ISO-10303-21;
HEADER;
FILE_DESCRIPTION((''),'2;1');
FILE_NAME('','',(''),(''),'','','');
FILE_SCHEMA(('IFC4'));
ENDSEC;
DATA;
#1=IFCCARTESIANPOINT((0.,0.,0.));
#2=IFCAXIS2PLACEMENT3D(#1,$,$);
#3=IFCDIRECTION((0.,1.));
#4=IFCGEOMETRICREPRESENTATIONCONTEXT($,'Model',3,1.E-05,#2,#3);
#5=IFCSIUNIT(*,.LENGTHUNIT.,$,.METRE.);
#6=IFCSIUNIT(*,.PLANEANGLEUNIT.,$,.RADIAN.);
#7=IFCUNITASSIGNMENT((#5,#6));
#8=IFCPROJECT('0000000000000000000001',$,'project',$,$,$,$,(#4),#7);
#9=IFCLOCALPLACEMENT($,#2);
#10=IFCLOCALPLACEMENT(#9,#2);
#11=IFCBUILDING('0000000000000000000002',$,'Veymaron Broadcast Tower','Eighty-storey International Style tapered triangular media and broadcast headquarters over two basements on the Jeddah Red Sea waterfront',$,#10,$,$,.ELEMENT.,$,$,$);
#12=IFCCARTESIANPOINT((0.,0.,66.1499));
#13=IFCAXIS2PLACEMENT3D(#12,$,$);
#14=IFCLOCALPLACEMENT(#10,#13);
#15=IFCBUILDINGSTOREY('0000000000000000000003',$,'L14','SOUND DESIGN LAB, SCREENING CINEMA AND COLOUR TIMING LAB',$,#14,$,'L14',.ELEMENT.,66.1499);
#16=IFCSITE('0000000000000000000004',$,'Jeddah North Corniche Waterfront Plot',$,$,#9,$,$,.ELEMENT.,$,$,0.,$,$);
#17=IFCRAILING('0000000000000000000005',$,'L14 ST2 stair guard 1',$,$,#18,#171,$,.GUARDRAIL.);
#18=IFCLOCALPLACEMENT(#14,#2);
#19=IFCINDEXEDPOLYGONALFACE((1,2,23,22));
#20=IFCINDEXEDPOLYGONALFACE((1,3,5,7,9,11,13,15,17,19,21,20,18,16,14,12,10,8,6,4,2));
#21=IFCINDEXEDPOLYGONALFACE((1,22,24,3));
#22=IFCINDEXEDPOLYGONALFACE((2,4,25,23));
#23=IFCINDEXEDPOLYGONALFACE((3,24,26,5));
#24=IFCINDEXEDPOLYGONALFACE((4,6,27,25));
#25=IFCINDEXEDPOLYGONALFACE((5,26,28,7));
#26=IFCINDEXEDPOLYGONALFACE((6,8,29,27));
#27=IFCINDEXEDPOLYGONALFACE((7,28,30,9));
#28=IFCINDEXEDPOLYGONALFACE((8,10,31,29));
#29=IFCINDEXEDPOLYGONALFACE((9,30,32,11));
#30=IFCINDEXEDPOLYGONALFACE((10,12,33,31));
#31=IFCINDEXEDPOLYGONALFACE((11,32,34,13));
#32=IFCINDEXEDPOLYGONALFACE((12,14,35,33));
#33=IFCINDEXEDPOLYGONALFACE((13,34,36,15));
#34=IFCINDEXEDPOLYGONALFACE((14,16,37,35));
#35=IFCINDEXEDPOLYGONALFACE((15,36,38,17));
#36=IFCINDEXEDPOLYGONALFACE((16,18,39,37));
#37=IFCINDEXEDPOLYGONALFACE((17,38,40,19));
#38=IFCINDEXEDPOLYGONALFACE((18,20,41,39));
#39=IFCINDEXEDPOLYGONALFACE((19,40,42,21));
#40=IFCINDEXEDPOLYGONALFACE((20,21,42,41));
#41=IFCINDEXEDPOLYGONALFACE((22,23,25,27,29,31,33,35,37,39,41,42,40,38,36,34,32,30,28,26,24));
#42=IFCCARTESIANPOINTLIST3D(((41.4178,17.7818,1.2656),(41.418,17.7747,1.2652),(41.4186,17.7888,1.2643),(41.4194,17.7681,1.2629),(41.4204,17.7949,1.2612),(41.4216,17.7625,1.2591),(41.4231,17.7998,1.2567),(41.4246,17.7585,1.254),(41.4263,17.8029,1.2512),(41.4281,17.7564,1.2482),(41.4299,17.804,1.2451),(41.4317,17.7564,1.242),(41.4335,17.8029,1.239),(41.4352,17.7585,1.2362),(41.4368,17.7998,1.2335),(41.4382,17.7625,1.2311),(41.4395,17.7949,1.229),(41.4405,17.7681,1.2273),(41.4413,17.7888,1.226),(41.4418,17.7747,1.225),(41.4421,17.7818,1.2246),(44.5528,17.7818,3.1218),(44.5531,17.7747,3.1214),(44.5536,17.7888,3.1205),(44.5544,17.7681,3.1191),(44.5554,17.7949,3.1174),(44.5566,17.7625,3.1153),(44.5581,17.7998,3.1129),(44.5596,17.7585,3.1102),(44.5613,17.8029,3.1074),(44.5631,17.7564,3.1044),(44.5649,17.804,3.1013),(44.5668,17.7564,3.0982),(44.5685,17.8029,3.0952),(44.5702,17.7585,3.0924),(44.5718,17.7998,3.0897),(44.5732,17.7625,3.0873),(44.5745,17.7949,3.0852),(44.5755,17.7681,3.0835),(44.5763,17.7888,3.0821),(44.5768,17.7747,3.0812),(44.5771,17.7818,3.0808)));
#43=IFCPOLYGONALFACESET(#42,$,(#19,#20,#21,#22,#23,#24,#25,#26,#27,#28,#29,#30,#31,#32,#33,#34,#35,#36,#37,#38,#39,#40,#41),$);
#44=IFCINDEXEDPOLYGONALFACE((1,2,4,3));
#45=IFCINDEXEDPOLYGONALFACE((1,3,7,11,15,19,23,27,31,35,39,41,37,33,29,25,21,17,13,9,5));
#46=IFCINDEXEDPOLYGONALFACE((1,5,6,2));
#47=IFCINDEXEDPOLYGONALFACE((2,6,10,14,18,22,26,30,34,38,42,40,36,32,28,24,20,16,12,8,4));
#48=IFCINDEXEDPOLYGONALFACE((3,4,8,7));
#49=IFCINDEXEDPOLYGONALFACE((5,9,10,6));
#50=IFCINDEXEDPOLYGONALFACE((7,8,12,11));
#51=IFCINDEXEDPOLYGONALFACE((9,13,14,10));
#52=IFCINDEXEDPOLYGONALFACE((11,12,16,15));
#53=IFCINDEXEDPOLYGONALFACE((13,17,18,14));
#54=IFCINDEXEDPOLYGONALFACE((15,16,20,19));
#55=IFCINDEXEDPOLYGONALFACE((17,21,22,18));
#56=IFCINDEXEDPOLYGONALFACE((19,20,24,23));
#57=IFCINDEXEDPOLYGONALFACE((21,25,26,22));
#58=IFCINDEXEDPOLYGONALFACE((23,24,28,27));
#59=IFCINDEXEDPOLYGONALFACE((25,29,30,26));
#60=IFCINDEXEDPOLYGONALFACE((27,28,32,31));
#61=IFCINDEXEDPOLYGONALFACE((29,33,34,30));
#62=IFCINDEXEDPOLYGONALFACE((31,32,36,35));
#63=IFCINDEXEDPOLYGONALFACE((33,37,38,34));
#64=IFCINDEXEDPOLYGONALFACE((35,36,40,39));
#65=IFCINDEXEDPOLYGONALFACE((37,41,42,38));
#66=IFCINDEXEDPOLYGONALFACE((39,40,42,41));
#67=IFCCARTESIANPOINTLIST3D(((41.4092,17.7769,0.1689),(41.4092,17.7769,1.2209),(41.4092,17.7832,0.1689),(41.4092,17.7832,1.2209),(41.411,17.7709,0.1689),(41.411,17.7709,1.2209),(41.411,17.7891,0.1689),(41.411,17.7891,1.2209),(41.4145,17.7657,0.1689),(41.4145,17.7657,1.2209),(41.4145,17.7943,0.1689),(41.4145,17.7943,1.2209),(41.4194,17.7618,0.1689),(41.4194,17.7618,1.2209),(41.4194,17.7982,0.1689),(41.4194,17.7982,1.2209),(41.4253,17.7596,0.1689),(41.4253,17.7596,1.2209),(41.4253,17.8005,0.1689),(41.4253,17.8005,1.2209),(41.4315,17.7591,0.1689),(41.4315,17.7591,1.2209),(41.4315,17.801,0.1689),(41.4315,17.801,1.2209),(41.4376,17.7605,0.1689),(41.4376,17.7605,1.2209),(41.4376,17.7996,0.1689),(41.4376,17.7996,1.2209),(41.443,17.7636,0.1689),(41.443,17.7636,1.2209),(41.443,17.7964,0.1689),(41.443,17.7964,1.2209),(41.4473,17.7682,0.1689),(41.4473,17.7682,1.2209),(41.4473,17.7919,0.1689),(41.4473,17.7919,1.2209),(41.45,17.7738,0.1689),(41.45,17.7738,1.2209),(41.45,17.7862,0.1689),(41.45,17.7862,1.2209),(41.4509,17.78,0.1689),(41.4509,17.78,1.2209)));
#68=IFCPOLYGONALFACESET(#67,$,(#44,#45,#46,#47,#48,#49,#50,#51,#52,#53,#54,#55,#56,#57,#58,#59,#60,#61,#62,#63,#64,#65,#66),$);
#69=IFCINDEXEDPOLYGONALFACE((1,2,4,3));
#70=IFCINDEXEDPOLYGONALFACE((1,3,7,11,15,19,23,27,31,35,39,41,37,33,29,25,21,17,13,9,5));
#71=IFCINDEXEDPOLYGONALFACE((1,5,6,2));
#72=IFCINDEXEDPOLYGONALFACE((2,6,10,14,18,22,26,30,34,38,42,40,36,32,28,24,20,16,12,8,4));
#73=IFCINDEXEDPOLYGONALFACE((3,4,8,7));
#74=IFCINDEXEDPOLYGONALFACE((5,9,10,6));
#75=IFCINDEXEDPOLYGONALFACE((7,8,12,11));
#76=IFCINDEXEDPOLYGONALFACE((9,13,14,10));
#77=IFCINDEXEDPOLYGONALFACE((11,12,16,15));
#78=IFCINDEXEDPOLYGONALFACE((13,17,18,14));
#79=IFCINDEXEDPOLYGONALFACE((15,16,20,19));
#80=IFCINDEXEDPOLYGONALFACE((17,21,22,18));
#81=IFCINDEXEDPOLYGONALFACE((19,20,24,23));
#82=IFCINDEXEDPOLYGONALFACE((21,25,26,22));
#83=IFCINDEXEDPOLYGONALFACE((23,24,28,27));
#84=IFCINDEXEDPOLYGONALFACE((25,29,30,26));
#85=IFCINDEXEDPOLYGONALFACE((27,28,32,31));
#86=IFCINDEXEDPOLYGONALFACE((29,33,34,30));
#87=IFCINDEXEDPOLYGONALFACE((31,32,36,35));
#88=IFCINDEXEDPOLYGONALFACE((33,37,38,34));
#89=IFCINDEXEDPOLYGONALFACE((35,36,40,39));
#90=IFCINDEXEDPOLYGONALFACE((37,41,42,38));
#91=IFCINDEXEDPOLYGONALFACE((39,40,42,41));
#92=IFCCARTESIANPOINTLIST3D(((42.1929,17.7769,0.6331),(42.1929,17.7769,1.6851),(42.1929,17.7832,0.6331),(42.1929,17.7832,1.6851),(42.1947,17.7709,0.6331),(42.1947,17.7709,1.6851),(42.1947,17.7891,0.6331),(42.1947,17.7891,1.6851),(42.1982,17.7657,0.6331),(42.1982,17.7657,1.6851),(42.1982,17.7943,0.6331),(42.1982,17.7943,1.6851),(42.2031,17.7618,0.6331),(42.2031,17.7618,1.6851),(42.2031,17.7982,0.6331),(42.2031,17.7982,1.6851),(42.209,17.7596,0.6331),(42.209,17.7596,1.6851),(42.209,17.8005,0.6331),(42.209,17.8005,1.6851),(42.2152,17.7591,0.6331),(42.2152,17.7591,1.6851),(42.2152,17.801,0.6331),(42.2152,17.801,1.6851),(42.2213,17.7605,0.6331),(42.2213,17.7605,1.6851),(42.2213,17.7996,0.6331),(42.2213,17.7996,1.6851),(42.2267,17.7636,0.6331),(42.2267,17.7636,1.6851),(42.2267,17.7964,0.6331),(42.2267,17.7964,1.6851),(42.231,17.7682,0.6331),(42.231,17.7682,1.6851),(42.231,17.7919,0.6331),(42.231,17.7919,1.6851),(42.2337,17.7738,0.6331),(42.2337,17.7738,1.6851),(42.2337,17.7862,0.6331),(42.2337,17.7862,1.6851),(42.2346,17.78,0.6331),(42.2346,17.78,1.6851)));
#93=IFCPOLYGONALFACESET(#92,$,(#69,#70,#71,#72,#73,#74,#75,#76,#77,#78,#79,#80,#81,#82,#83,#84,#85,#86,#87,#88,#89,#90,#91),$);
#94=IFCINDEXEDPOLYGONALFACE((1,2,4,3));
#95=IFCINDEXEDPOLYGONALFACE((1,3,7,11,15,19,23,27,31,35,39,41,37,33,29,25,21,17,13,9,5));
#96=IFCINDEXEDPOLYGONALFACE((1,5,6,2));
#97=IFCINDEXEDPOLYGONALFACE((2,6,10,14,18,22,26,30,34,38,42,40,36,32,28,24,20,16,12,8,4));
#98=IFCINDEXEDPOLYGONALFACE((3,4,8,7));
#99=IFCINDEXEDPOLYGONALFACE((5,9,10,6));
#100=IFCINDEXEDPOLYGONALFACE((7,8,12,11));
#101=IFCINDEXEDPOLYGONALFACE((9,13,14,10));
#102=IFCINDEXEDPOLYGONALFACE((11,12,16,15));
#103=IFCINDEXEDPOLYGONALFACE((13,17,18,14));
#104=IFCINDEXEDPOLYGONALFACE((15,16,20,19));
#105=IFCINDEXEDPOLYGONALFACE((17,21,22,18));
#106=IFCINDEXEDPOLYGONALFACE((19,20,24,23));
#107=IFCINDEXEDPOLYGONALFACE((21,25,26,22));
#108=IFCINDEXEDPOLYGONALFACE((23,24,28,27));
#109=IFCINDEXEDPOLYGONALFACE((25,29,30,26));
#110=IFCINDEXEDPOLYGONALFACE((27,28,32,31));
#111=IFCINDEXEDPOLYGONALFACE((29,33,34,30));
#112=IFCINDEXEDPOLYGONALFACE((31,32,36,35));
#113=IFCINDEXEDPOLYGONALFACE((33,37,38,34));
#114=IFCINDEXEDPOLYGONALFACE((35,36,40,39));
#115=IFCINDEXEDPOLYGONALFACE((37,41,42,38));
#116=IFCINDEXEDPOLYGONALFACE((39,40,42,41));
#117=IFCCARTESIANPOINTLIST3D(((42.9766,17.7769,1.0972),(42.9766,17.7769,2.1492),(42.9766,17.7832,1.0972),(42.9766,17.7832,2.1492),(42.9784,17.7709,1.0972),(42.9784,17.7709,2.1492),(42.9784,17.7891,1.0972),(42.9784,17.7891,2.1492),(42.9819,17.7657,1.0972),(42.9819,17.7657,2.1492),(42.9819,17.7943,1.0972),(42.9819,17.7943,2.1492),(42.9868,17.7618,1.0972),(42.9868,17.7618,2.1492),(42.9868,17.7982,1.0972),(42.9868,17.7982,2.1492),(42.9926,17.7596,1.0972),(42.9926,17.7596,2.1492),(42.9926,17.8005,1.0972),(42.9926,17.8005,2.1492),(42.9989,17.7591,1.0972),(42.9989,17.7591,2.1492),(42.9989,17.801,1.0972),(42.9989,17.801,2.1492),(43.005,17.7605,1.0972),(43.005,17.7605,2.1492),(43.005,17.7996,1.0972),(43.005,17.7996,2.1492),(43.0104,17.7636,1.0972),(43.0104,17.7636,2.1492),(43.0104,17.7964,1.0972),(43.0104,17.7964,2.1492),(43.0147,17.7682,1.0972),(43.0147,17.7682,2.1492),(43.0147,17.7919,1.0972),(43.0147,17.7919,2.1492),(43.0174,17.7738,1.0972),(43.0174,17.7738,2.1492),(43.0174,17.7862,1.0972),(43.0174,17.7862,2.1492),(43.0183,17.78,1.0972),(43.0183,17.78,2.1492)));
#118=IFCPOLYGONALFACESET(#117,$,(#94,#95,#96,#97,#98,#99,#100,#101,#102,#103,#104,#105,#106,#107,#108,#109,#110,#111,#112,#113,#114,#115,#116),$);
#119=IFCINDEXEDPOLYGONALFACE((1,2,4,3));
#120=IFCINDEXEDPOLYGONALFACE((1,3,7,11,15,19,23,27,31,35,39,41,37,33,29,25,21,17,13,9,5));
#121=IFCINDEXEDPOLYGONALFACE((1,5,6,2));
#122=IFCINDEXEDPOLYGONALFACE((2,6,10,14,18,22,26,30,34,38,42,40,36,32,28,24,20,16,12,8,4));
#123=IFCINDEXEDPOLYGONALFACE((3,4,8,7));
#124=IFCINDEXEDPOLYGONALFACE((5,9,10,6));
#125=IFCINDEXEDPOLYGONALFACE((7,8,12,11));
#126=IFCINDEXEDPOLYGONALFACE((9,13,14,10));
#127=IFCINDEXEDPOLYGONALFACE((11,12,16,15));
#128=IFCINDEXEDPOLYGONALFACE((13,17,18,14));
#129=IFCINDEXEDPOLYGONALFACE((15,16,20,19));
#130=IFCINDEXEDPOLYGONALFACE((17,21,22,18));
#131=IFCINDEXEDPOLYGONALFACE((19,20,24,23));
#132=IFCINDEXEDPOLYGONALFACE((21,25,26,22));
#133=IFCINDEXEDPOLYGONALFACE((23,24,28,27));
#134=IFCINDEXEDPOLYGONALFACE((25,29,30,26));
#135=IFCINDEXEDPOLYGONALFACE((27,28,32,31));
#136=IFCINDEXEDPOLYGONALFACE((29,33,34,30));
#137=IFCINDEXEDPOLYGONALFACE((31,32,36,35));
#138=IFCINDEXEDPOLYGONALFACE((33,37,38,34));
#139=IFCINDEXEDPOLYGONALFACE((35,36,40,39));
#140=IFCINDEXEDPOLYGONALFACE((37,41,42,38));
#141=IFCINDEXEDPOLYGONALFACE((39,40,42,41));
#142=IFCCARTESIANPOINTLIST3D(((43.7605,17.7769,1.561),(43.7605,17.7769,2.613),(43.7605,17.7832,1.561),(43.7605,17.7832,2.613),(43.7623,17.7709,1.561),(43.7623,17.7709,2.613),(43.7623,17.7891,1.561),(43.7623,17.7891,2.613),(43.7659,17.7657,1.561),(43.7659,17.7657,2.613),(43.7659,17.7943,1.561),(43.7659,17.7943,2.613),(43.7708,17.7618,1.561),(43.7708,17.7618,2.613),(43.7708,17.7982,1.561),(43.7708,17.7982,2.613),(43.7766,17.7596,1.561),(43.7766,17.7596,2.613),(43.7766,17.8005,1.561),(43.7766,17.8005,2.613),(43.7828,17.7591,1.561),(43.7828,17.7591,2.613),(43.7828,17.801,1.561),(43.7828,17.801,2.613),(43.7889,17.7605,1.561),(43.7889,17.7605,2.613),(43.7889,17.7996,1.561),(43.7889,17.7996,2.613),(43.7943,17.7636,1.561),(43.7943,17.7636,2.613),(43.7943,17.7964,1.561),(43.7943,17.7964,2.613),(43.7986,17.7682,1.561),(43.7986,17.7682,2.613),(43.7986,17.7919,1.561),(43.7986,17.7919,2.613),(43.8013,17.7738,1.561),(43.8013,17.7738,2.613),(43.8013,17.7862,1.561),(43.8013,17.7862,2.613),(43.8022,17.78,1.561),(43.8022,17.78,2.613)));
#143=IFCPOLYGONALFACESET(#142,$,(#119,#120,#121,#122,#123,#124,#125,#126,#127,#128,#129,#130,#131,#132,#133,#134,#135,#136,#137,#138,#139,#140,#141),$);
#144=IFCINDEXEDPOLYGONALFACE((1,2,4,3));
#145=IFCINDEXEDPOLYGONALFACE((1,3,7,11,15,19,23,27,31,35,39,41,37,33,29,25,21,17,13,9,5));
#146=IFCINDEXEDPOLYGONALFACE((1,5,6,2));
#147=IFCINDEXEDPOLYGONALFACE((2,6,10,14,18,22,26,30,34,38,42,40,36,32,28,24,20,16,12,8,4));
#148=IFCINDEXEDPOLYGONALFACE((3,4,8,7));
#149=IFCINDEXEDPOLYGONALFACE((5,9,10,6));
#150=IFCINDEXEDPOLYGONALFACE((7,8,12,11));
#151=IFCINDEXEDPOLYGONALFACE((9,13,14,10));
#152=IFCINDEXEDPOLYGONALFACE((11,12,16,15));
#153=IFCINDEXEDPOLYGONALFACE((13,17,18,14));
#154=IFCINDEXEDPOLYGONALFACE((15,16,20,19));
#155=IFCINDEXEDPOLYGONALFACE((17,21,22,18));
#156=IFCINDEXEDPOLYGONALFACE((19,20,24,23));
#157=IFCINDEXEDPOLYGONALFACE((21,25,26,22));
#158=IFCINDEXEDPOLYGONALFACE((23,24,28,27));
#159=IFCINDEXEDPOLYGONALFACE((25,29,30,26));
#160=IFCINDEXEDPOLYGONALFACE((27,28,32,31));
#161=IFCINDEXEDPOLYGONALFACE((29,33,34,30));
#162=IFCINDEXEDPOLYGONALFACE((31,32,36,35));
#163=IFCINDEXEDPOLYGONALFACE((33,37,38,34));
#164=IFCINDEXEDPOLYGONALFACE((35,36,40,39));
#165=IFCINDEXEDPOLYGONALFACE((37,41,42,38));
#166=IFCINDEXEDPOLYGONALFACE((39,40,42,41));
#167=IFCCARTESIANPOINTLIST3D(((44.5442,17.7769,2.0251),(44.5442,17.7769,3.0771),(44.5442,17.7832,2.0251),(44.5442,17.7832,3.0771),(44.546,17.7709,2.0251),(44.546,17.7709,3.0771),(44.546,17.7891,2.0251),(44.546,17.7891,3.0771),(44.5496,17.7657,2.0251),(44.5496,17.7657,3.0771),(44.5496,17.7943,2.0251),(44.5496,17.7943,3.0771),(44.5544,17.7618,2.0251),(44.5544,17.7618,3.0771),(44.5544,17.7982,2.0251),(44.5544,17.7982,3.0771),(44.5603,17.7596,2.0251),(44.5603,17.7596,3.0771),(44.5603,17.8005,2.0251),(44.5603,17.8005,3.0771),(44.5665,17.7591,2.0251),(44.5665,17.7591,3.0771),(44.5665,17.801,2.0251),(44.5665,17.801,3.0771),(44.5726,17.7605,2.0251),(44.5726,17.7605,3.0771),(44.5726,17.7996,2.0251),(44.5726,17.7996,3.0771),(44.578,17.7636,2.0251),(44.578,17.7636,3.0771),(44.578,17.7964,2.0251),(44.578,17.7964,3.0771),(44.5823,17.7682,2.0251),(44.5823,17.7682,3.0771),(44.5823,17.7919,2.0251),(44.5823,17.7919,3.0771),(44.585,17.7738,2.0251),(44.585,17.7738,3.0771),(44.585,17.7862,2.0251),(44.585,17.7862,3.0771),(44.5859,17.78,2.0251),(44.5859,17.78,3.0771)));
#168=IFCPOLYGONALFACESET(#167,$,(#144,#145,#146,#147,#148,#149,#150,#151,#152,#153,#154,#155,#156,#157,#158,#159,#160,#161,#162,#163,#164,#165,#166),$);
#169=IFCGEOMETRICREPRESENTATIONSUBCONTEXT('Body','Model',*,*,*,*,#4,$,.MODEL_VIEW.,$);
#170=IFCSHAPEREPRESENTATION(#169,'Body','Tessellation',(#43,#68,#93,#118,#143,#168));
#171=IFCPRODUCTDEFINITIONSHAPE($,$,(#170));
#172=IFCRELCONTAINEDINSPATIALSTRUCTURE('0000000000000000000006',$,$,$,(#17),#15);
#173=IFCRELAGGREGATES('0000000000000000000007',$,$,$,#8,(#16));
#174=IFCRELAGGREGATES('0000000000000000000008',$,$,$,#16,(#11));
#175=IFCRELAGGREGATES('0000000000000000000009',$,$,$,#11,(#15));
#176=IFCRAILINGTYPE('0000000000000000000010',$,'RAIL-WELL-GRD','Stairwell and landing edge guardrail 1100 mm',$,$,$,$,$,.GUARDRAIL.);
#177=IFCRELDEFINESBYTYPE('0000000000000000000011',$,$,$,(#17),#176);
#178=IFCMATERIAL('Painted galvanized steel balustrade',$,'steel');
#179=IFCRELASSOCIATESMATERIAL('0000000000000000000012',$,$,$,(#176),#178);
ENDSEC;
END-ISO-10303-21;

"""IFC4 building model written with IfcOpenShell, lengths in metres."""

from ifc_helpers import new_model, si_unit, direction, frame, origin, origin_2d, place, context, subcontext, project, spatial, circle, extrude, material, type_object, element, save


model = new_model("IFC4")

# Units and contexts
model_context = context("Model", 3, precision=1e-05, world=origin(), true_north=direction((0.0, 1.0)))
body_context = subcontext(model_context, "Body", "Model", "MODEL_VIEW")
ifc_project = project(units=[si_unit("LENGTHUNIT", "METRE"), si_unit("PLANEANGLEUNIT", "RADIAN")], contexts=[model_context])

# Site, building, storey
site_placement = place(None, origin())
site = spatial("IfcSite", under=ifc_project, at=site_placement, Name="Jeddah North Corniche Waterfront Plot", CompositionType="ELEMENT", RefElevation=0.0)
building_placement = place(site_placement, origin())
building = spatial("IfcBuilding", under=site, at=building_placement, Name="Veymaron Broadcast Tower", Description="Eighty-storey International Style tapered triangular media and broadcast headquarters over two basements on the Jeddah Red Sea waterfront", CompositionType="ELEMENT")
storey_placement = place(building_placement, frame((0.0, 0.0, 66.1499)))
storey = spatial("IfcBuildingStorey", under=building, at=storey_placement, Name="L14", Description="SOUND DESIGN LAB, SCREENING CINEMA AND COLOUR TIMING LAB", LongName="L14", CompositionType="ELEMENT", Elevation=66.1499)

# Railing
ifc_material_1 = material(Name="Painted galvanized steel balustrade", Category="steel")
railing_type_1 = type_object("IfcRailingType", Name="RAIL-WELL-GRD", Description="Stairwell and landing edge guardrail 1100 mm", PredefinedType="GUARDRAIL", material=ifc_material_1)
railing_1_placement = place(storey_placement, frame((41.4299, 17.78, 0.1689)))
element("IfcRailing", 1, at=railing_1_placement, inside=storey, type_object=railing_type_1, Name="L14 ST2 stair guard 1", PredefinedType="GUARDRAIL", context=body_context, shape_type="SweptSolid", body=[
    extrude(circle(Radius=0.0239, at=origin_2d()), frame((0.0, 0.0, 1.0762), z_axis=(0.860482, 0.0, 0.509481), x_axis=(0.0, 1.0, 0.0)), (0.0, 0.0, 1.0), 3.6433),
    extrude(circle(Radius=0.021, at=origin_2d()), origin(), (0.0, 0.0, 1.0), 1.052),
    extrude(circle(Radius=0.021, at=origin_2d()), frame((0.7837, 0.0, 0.4641)), (0.0, 0.0, 1.0), 1.052),
    extrude(circle(Radius=0.021, at=origin_2d()), frame((1.5674, 0.0, 0.9282)), (0.0, 0.0, 1.0), 1.052),
    extrude(circle(Radius=0.021, at=origin_2d()), frame((2.3513, 0.0, 1.3921)), (0.0, 0.0, 1.0), 1.052),
    extrude(circle(Radius=0.021, at=origin_2d()), frame((3.135, 0.0, 1.8562)), (0.0, 0.0, 1.0), 1.052),
])

save(model, "model.ifc")
